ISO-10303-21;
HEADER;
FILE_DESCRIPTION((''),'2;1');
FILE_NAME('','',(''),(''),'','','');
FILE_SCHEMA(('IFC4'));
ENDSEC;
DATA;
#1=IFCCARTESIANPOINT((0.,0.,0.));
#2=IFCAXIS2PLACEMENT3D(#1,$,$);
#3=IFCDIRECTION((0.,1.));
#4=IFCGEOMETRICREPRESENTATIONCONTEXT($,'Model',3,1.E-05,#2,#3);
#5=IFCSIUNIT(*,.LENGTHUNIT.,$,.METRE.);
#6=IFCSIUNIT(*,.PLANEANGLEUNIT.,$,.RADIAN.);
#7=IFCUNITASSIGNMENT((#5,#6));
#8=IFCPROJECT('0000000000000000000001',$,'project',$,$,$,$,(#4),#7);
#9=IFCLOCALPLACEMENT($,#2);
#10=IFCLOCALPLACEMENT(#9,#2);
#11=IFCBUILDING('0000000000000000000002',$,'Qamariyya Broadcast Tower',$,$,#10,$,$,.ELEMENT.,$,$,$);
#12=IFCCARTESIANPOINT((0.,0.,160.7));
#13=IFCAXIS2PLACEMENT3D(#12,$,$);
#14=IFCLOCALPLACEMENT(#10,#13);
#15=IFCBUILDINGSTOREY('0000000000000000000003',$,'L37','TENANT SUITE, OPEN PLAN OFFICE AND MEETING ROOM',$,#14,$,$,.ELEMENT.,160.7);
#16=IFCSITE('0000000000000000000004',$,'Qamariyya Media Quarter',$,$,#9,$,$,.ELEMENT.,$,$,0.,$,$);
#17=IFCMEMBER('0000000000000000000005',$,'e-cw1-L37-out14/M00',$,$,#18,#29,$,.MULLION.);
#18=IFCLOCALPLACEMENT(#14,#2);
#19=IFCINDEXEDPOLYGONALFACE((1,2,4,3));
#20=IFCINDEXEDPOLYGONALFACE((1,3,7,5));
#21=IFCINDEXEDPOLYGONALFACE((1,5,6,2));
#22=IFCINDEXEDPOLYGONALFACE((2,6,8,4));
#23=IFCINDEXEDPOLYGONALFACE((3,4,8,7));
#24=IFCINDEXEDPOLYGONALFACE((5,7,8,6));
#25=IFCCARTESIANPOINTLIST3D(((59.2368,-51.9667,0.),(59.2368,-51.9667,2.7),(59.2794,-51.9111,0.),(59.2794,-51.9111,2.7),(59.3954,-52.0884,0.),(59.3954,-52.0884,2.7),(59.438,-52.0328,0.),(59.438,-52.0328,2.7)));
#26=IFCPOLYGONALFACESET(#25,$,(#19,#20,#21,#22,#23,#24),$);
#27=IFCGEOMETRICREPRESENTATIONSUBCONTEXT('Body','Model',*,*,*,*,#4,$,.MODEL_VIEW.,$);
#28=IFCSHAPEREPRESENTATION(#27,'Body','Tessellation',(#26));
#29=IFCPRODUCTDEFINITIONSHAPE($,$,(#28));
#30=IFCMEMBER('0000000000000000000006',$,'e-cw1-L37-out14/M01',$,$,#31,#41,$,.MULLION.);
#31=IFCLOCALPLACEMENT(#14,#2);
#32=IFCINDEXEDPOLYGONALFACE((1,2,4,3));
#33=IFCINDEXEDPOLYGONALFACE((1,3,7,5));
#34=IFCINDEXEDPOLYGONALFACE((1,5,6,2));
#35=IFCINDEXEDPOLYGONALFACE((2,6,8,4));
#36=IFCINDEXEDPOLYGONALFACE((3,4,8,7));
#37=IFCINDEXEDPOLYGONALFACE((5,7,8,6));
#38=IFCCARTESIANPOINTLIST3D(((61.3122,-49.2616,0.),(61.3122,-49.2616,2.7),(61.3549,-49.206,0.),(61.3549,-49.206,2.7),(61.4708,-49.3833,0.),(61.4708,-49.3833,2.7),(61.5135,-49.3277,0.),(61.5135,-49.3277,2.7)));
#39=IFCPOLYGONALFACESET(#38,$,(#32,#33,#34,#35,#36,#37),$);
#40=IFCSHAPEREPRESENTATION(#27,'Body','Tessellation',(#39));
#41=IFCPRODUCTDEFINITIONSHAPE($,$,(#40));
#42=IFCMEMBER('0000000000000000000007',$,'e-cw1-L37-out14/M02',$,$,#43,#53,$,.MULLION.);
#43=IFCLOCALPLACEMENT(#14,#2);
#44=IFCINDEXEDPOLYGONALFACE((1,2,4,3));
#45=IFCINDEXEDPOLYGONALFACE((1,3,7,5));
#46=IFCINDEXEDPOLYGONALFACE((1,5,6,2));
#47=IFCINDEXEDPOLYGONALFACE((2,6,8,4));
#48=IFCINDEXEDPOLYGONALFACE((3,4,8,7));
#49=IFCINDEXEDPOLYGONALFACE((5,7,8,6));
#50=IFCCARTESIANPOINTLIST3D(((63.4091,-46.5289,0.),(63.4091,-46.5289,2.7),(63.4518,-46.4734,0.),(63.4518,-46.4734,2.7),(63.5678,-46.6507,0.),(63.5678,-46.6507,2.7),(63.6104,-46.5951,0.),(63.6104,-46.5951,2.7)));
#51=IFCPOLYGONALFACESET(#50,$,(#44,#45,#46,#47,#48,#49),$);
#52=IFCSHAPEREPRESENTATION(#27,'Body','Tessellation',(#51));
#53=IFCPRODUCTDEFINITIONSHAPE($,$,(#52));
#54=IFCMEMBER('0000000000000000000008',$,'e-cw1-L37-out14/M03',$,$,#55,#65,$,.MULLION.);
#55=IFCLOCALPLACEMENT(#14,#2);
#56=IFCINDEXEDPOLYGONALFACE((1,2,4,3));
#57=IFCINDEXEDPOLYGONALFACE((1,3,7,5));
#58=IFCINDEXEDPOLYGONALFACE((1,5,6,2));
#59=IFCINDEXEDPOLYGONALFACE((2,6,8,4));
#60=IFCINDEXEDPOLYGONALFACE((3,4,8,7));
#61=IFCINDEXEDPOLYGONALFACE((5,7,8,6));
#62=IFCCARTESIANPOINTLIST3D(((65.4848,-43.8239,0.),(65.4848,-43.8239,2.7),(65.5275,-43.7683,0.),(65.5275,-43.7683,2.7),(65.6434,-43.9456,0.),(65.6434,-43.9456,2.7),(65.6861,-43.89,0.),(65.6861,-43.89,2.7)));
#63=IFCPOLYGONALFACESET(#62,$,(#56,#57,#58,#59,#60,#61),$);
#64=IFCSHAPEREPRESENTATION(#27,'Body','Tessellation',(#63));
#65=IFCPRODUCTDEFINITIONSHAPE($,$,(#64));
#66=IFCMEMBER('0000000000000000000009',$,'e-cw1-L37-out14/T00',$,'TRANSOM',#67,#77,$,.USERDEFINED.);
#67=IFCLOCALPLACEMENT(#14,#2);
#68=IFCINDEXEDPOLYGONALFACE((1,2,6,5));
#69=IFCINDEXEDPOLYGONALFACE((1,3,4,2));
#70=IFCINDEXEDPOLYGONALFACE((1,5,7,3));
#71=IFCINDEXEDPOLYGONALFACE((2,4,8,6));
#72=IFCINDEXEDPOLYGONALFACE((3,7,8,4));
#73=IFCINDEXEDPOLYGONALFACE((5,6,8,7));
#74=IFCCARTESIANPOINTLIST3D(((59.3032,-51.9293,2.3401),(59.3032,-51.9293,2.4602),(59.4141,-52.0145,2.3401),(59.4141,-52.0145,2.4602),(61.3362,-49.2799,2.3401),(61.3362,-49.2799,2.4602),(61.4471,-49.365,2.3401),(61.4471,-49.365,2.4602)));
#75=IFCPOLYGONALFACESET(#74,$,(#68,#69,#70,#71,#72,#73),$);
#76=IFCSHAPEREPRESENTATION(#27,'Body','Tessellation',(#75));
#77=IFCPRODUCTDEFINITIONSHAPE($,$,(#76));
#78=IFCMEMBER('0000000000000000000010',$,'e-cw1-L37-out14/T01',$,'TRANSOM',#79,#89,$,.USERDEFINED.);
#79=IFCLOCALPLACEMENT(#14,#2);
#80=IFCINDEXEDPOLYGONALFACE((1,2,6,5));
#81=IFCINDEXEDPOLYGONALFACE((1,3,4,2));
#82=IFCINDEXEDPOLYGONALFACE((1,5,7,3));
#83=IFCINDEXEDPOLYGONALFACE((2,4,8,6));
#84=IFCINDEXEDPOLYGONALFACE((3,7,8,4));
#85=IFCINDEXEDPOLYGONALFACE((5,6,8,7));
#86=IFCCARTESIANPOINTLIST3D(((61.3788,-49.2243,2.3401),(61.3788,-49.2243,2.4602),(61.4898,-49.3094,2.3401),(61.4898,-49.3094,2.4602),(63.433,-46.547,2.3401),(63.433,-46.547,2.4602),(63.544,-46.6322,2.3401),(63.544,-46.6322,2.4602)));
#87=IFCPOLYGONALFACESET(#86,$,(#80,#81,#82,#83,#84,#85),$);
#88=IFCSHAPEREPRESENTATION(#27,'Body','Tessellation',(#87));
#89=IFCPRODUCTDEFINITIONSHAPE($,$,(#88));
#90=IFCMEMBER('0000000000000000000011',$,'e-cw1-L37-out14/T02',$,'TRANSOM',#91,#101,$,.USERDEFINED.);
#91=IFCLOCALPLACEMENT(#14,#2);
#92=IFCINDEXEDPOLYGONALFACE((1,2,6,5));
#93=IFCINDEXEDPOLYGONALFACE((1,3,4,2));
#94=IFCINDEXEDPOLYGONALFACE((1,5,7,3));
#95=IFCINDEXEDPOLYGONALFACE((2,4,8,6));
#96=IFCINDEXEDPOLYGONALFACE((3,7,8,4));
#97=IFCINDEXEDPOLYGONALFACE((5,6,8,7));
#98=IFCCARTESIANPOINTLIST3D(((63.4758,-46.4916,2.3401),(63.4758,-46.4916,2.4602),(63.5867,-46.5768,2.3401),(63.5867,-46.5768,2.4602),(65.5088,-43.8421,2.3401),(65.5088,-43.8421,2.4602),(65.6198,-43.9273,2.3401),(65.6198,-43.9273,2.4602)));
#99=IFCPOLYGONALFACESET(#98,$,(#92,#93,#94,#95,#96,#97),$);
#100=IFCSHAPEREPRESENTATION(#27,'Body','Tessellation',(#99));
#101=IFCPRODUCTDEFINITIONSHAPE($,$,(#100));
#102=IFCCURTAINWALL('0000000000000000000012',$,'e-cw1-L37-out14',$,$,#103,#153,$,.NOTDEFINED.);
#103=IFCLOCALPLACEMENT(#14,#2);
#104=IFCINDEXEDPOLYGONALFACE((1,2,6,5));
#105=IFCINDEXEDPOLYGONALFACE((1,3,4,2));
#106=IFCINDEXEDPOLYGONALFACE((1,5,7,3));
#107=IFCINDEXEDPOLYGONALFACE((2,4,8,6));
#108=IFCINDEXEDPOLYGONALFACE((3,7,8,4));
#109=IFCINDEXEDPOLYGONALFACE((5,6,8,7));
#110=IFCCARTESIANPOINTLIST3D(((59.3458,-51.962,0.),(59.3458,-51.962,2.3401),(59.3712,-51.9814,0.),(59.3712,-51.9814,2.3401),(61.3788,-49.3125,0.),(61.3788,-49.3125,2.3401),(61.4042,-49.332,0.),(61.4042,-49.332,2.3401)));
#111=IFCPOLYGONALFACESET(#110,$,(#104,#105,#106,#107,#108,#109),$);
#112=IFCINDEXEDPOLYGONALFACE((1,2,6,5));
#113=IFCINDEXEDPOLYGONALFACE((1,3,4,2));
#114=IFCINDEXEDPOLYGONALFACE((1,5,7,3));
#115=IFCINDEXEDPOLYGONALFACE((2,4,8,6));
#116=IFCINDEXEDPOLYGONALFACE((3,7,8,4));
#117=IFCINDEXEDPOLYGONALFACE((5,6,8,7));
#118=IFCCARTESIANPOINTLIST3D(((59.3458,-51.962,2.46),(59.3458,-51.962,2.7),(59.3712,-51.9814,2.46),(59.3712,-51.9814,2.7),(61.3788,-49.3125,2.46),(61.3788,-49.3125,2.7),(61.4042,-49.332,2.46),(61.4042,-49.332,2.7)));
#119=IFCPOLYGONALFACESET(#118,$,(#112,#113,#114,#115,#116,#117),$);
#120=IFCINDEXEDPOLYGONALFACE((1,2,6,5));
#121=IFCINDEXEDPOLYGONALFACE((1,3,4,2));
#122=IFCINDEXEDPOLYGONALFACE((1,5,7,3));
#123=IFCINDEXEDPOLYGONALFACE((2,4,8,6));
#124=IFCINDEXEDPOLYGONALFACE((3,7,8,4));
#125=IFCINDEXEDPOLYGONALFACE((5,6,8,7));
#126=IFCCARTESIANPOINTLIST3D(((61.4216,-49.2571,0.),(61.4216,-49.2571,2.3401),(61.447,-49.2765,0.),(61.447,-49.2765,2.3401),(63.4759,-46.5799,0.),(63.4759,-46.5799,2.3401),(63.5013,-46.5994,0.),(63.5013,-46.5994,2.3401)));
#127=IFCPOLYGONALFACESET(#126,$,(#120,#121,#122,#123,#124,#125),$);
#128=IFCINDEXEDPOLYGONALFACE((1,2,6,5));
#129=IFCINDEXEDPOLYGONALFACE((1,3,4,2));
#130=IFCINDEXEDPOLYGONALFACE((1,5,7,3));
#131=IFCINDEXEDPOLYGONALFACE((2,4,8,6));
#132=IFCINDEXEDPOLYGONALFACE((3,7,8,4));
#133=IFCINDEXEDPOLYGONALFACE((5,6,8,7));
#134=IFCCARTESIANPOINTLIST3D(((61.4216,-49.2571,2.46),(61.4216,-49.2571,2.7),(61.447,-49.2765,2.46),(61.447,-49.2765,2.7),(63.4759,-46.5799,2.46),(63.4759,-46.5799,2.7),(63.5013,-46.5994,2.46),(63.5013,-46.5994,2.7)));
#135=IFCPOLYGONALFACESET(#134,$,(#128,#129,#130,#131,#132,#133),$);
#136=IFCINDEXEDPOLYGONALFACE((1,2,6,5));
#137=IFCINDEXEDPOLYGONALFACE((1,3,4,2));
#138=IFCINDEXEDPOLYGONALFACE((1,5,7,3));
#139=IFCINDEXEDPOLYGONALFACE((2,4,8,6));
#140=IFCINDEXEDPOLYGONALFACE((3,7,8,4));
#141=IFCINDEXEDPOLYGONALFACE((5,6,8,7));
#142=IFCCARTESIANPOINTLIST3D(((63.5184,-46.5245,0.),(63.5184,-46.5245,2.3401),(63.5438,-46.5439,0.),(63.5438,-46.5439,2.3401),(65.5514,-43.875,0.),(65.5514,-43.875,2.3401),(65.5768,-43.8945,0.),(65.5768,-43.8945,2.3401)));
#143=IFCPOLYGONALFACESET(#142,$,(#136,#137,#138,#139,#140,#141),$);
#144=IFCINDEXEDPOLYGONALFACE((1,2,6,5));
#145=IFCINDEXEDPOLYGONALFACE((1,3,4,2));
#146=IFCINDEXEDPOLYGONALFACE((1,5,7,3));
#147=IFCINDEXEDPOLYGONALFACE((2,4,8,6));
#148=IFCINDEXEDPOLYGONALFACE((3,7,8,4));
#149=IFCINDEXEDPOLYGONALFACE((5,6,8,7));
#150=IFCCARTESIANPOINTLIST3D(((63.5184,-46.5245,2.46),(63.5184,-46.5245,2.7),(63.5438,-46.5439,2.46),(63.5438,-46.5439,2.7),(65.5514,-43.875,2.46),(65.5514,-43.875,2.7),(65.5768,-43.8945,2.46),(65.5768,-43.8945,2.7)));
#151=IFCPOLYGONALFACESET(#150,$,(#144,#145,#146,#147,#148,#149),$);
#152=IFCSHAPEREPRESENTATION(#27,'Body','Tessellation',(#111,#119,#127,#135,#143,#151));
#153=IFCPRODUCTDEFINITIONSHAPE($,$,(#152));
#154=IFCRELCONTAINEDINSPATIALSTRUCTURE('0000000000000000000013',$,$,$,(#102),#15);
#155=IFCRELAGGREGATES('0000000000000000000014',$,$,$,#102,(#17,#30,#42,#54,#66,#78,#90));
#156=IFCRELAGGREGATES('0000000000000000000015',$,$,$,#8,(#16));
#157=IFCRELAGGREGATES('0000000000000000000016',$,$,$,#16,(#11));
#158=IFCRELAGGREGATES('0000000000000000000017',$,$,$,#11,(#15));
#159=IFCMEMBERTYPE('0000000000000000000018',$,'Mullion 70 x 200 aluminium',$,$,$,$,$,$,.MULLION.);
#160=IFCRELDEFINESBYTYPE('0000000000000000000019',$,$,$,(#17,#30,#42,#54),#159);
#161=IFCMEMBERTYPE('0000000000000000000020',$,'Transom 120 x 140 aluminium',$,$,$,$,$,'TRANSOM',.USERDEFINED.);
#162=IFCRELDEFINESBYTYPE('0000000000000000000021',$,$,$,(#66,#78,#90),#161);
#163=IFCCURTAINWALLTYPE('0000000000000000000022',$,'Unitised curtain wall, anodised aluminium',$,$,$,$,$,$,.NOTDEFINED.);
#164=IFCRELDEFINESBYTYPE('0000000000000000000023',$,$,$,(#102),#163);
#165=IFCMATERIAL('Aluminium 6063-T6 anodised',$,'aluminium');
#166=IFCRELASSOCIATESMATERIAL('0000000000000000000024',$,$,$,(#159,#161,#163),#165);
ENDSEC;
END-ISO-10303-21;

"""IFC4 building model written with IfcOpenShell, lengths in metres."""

from ifc_helpers import new_model, si_unit, direction, frame, origin, origin_2d, place, context, subcontext, project, spatial, rectangle, extrude, material, material_profile, profile_set, type_object, element, aggregate, save


model = new_model("IFC4")

# Units and contexts
model_context = context("Model", 3, precision=1e-05, world=origin(), true_north=direction((0.0, 1.0)))
body_context = subcontext(model_context, "Body", "Model", "MODEL_VIEW")
ifc_project = project(units=[si_unit("LENGTHUNIT", "METRE"), si_unit("PLANEANGLEUNIT", "RADIAN")], contexts=[model_context])

# Members
ifc_material = material(Name="Aluminium 6063-T6 anodised", Category="aluminium")
ifc_material_profile_1 = material_profile(ifc_material, rectangle(XDim=0.2, YDim=0.0701, at=origin_2d()))
ifc_profile_set_1 = profile_set([ifc_material_profile_1], Name="Aluminium 6063-T6 anodised")
member_type_1 = type_object("IfcMemberType", Name="Mullion 70 x 200 aluminium", PredefinedType="MULLION", material=ifc_profile_set_1)
site_placement = place(None, origin())
building_placement = place(site_placement, origin())
storey_placement = place(building_placement, frame((0.0, 0.0, 160.7)))
member_1_placement = place(storey_placement, frame((59.3374, -51.9998, 0.0), z_axis=(0.0, 0.0, 1.0), x_axis=(-0.793353, 0.608761, 0.0)))
member_1 = element("IfcMember", 1, at=member_1_placement, type_object=member_type_1, Name="e-cw1-L37-out14/M00", PredefinedType="MULLION", context=body_context, shape_type="SweptSolid", body=[
    extrude(rectangle(XDim=0.2, YDim=0.0701, at=origin_2d()), origin(), (0.0, 0.0, 1.0), 2.7),
])
member_2_placement = place(storey_placement, frame((61.4128, -49.2947, 0.0), z_axis=(0.0, 0.0, 1.0), x_axis=(-0.793353, 0.608761, 0.0)))
member_2 = element("IfcMember", 2, at=member_2_placement, type_object=member_type_1, Name="e-cw1-L37-out14/M01", PredefinedType="MULLION", context=body_context, shape_type="SweptSolid", body=[
    extrude(rectangle(XDim=0.2, YDim=0.0701, at=origin_2d()), origin(), (0.0, 0.0, 1.0), 2.7),
])
member_3_placement = place(storey_placement, frame((63.5098, -46.562, 0.0), z_axis=(0.0, 0.0, 1.0), x_axis=(-0.793353, 0.608761, 0.0)))
member_3 = element("IfcMember", 3, at=member_3_placement, type_object=member_type_1, Name="e-cw1-L37-out14/M02", PredefinedType="MULLION", context=body_context, shape_type="SweptSolid", body=[
    extrude(rectangle(XDim=0.2, YDim=0.0701, at=origin_2d()), origin(), (0.0, 0.0, 1.0), 2.7),
])
member_4_placement = place(storey_placement, frame((65.5854, -43.8569, 0.0), z_axis=(0.0, 0.0, 1.0), x_axis=(-0.793353, 0.608761, 0.0)))
member_4 = element("IfcMember", 4, at=member_4_placement, type_object=member_type_1, Name="e-cw1-L37-out14/M03", PredefinedType="MULLION", context=body_context, shape_type="SweptSolid", body=[
    extrude(rectangle(XDim=0.2, YDim=0.0701, at=origin_2d()), origin(), (0.0, 0.0, 1.0), 2.7),
])
ifc_material_profile_2 = material_profile(ifc_material, rectangle(XDim=0.1399, YDim=0.1201, at=origin_2d()))
ifc_profile_set_2 = profile_set([ifc_material_profile_2], Name="Aluminium 6063-T6 anodised")
member_type_2 = type_object("IfcMemberType", Name="Transom 120 x 140 aluminium", ElementType="TRANSOM", PredefinedType="USERDEFINED", material=ifc_profile_set_2)
member_5_placement = place(storey_placement, frame((59.3586, -51.9719, 2.4001), z_axis=(0.60876, 0.793354, 0.0), x_axis=(-0.793354, 0.60876, 0.0)))
member_5 = element("IfcMember", 5, at=member_5_placement, type_object=member_type_2, Name="e-cw1-L37-out14/T00", ObjectType="TRANSOM", PredefinedType="USERDEFINED", context=body_context, shape_type="SweptSolid", body=[
    extrude(rectangle(XDim=0.1399, YDim=0.1201, at=origin_2d()), origin(), (0.0, 0.0, 1.0), 3.3396),
])
member_6_placement = place(storey_placement, frame((61.4343, -49.2668, 2.4001), z_axis=(0.608738, 0.793371, 0.0), x_axis=(-0.793371, 0.608738, 0.0)))
member_6 = element("IfcMember", 6, at=member_6_placement, type_object=member_type_2, Name="e-cw1-L37-out14/T01", ObjectType="TRANSOM", PredefinedType="USERDEFINED", context=body_context, shape_type="SweptSolid", body=[
    extrude(rectangle(XDim=0.1399, YDim=0.1201, at=origin_2d()), origin(), (0.0, 0.0, 1.0), 3.3745),
])
member_7_placement = place(storey_placement, frame((63.5312, -46.5342, 2.4001), z_axis=(0.60876, 0.793354, 0.0), x_axis=(-0.793354, 0.60876, 0.0)))
member_7 = element("IfcMember", 7, at=member_7_placement, type_object=member_type_2, Name="e-cw1-L37-out14/T02", ObjectType="TRANSOM", PredefinedType="USERDEFINED", context=body_context, shape_type="SweptSolid", body=[
    extrude(rectangle(XDim=0.1399, YDim=0.1201, at=origin_2d()), origin(), (0.0, 0.0, 1.0), 3.3396),
])

# Site, building, storey
site = spatial("IfcSite", under=ifc_project, at=site_placement, Name="Qamariyya Media Quarter", CompositionType="ELEMENT", RefElevation=0.0)
building = spatial("IfcBuilding", under=site, at=building_placement, Name="Qamariyya Broadcast Tower", CompositionType="ELEMENT")
storey = spatial("IfcBuildingStorey", under=building, at=storey_placement, Name="L37", Description="TENANT SUITE, OPEN PLAN OFFICE AND MEETING ROOM", CompositionType="ELEMENT", Elevation=160.7)

# Curtain wall
curtain_wall_type = type_object("IfcCurtainWallType", Name="Unitised curtain wall, anodised aluminium", PredefinedType="NOTDEFINED", material=ifc_material)
curtain_wall_1_placement = place(storey_placement, origin())
curtain_wall_1 = element("IfcCurtainWall", 8, at=curtain_wall_1_placement, inside=storey, type_object=curtain_wall_type, Name="e-cw1-L37-out14", PredefinedType="NOTDEFINED", context=body_context, shape_type="SweptSolid", body=[
    extrude(rectangle(XDim=3.3396, YDim=0.032, at=origin_2d()), frame((60.375, -50.647, 0.0), x_axis=(0.608764, 0.793352, 0.0)), (0.0, 0.0, 1.0), 2.3401),
    extrude(rectangle(XDim=3.3396, YDim=0.032, at=origin_2d()), frame((60.375, -50.647, 2.46), x_axis=(0.608764, 0.793352, 0.0)), (0.0, 0.0, 1.0), 0.24),
    extrude(rectangle(XDim=3.3745, YDim=0.032, at=origin_2d()), frame((62.4614, -47.9282, 0.0), x_axis=(0.608764, 0.793352, 0.0)), (0.0, 0.0, 1.0), 2.3401),
    extrude(rectangle(XDim=3.3745, YDim=0.032, at=origin_2d()), frame((62.4614, -47.9282, 2.46), x_axis=(0.608764, 0.793352, 0.0)), (0.0, 0.0, 1.0), 0.24),
    extrude(rectangle(XDim=3.3396, YDim=0.032, at=origin_2d()), frame((64.5476, -45.2095, 0.0), x_axis=(0.608764, 0.793352, 0.0)), (0.0, 0.0, 1.0), 2.3401),
    extrude(rectangle(XDim=3.3396, YDim=0.032, at=origin_2d()), frame((64.5476, -45.2095, 2.46), x_axis=(0.608764, 0.793352, 0.0)), (0.0, 0.0, 1.0), 0.24),
])
aggregate(curtain_wall_1, [member_1, member_2, member_3, member_4, member_5, member_6, member_7])

save(model, "model.ifc")
